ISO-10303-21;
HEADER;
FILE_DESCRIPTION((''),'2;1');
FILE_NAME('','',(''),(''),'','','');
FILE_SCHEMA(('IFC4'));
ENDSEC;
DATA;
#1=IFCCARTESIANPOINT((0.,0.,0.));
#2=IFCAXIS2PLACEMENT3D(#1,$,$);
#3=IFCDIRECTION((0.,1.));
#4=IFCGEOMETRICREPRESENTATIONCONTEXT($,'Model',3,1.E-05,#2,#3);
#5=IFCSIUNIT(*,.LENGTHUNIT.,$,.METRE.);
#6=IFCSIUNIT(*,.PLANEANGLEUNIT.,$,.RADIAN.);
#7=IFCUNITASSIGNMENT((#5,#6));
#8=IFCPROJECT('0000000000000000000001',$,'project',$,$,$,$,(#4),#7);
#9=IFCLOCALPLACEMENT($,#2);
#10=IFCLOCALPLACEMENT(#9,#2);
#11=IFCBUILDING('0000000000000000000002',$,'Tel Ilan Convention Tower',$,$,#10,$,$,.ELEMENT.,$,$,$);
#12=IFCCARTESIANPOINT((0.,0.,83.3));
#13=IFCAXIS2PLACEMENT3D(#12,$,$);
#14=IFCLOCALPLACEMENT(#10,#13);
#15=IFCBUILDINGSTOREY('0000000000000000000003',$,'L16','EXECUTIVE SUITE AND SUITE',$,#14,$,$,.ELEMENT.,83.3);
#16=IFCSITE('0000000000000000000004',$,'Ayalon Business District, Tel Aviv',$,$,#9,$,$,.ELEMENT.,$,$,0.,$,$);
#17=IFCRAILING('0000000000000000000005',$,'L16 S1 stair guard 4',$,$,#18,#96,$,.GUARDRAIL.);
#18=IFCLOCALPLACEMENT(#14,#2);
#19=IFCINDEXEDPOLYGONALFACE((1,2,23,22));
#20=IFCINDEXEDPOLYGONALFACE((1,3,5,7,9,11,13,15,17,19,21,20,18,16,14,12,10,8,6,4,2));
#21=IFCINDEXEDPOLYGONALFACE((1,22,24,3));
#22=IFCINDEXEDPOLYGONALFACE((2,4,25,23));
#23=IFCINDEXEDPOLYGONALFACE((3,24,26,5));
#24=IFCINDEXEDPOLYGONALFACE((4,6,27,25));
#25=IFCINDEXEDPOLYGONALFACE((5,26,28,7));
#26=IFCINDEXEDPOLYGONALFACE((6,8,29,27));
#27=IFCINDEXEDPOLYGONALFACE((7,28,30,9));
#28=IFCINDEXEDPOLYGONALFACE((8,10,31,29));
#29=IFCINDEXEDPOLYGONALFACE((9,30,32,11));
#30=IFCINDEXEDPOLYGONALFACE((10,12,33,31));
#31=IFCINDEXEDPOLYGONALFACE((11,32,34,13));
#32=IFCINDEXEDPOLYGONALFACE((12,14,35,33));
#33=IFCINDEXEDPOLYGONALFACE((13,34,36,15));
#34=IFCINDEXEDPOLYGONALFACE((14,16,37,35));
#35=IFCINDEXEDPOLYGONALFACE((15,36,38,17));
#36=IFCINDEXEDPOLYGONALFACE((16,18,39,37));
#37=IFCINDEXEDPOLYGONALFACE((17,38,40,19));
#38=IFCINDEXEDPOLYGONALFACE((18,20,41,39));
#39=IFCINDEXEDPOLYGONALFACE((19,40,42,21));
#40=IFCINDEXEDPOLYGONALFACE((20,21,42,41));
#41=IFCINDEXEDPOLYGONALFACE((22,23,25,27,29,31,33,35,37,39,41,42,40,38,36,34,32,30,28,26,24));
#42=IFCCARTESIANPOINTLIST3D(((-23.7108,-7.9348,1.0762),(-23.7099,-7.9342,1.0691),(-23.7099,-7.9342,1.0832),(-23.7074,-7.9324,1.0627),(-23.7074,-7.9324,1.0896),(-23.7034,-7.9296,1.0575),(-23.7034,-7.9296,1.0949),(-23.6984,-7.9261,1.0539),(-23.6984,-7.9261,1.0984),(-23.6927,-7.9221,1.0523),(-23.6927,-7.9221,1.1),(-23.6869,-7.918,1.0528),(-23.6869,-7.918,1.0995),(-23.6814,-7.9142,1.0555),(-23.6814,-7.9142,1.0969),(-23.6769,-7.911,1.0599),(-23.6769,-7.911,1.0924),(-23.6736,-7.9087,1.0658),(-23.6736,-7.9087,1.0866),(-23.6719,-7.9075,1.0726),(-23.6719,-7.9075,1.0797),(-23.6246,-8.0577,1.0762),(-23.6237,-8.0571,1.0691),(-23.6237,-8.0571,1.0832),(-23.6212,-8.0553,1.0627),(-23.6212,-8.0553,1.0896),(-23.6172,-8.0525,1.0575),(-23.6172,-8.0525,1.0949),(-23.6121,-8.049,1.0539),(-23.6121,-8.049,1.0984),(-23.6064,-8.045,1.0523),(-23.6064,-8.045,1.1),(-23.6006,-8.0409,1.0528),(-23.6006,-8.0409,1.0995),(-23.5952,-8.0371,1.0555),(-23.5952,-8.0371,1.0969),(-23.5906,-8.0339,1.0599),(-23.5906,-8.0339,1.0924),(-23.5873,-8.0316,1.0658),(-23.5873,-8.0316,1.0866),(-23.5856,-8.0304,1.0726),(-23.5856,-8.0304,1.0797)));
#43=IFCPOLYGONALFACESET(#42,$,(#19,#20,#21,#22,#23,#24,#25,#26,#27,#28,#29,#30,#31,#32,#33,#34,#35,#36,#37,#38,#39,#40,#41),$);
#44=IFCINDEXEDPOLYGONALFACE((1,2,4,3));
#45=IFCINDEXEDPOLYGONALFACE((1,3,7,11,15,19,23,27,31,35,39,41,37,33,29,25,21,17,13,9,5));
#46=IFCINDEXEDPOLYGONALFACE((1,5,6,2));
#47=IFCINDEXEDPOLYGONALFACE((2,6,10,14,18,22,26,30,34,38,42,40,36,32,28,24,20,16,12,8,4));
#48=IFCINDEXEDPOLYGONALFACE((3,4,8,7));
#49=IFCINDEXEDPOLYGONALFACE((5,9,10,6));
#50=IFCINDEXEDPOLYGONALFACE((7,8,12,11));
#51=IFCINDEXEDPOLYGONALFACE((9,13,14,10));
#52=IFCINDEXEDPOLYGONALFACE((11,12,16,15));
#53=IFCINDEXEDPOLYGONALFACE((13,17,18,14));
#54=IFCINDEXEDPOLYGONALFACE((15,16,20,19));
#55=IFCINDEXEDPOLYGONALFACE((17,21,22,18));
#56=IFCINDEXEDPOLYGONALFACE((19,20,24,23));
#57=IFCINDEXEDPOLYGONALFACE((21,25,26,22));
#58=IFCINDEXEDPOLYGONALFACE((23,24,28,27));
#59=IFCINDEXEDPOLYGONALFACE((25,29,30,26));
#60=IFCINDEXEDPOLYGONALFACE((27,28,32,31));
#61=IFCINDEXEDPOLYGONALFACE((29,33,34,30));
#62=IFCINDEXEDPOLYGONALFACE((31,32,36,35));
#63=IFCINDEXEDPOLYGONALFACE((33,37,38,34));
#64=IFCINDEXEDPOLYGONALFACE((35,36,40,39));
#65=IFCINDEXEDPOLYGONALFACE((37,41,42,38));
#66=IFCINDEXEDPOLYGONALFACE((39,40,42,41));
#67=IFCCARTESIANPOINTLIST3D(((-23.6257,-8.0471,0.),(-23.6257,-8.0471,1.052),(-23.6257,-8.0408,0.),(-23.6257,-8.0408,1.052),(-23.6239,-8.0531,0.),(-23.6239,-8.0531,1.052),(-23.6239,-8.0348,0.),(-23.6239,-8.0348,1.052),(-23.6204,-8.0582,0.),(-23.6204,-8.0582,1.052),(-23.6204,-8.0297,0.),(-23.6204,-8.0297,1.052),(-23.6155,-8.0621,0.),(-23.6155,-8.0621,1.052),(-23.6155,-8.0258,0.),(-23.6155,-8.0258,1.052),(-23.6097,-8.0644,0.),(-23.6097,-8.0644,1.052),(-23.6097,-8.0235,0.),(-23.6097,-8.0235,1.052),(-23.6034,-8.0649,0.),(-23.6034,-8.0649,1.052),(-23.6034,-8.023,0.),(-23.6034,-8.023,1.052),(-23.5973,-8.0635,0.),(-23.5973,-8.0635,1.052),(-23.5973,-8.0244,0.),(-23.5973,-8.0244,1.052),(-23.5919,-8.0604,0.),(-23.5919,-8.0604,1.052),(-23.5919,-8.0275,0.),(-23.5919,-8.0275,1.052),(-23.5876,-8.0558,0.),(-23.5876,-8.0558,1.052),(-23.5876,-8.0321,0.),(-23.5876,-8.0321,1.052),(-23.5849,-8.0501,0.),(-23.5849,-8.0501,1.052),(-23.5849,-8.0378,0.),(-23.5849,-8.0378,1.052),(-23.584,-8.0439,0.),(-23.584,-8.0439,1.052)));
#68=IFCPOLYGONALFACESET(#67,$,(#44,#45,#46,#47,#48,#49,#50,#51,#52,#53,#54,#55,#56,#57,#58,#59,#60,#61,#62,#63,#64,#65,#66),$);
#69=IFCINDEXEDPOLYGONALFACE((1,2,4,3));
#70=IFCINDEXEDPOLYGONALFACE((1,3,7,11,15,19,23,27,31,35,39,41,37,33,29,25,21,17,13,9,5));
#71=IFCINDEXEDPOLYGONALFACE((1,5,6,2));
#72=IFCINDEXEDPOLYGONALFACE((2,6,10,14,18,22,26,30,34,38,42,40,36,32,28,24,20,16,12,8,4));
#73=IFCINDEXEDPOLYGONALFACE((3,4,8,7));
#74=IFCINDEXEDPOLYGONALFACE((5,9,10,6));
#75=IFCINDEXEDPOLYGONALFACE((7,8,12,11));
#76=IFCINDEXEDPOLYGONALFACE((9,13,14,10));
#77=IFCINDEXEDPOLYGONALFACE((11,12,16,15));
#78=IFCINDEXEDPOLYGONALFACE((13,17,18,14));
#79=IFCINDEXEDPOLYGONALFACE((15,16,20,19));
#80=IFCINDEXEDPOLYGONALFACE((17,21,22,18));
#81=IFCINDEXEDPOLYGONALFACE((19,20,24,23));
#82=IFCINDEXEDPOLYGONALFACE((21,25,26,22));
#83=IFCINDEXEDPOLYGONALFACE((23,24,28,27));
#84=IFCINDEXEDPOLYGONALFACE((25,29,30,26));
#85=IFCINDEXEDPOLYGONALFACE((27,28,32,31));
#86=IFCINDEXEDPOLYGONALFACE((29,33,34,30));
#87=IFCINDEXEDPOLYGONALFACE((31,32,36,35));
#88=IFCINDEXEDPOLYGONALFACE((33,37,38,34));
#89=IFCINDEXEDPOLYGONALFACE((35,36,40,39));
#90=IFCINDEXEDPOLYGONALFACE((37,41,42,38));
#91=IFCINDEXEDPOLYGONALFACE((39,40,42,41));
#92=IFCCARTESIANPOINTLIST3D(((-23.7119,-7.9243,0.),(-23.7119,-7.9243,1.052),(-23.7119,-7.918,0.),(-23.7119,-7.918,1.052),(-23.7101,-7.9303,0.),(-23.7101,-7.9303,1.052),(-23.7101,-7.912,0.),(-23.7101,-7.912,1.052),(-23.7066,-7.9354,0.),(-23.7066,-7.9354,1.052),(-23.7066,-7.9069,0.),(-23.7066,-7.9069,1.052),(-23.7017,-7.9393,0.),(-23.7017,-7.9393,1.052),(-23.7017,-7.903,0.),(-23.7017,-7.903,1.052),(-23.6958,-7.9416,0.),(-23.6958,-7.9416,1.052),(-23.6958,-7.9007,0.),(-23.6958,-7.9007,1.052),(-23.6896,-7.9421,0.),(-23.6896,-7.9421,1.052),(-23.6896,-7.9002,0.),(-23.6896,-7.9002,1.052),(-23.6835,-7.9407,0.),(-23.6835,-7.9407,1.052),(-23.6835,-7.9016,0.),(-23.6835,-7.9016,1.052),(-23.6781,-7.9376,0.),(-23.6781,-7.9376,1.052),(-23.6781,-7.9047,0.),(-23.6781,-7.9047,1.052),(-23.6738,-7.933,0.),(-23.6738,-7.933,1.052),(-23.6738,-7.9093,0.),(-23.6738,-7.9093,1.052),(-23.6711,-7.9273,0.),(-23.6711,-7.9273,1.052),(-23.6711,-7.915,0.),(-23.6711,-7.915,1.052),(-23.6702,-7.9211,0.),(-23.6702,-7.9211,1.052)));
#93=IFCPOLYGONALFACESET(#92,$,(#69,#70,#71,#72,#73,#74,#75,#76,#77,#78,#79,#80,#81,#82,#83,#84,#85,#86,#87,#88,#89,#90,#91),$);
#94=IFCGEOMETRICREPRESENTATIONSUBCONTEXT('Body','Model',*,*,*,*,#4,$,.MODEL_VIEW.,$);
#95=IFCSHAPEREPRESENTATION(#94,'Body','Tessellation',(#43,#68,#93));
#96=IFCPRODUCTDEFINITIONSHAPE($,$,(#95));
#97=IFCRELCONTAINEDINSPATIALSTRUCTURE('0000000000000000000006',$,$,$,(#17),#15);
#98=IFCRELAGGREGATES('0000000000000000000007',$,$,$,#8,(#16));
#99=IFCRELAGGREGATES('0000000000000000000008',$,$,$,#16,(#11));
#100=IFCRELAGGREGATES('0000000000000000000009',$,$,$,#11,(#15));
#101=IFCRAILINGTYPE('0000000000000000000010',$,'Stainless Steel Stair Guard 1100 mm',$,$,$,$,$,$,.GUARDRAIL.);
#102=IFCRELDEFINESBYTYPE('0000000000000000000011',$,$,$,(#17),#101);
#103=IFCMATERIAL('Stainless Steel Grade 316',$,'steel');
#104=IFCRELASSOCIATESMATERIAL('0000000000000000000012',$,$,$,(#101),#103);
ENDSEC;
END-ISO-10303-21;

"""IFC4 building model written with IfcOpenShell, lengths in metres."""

from ifc_helpers import new_model, si_unit, direction, frame, origin, origin_2d, place, context, subcontext, project, spatial, circle, extrude, material, type_object, element, save


model = new_model("IFC4")

# Units and contexts
model_context = context("Model", 3, precision=1e-05, world=origin(), true_north=direction((0.0, 1.0)))
body_context = subcontext(model_context, "Body", "Model", "MODEL_VIEW")
ifc_project = project(units=[si_unit("LENGTHUNIT", "METRE"), si_unit("PLANEANGLEUNIT", "RADIAN")], contexts=[model_context])

# Site, building, storey
site_placement = place(None, origin())
site = spatial("IfcSite", under=ifc_project, at=site_placement, Name="Ayalon Business District, Tel Aviv", CompositionType="ELEMENT", RefElevation=0.0)
building_placement = place(site_placement, origin())
building = spatial("IfcBuilding", under=site, at=building_placement, Name="Tel Ilan Convention Tower", CompositionType="ELEMENT")
storey_placement = place(building_placement, frame((0.0, 0.0, 83.3)))
storey = spatial("IfcBuildingStorey", under=building, at=storey_placement, Name="L16", Description="EXECUTIVE SUITE AND SUITE", CompositionType="ELEMENT", Elevation=83.3)

# Railing
ifc_material_1 = material(Name="Stainless Steel Grade 316", Category="steel")
railing_type_1 = type_object("IfcRailingType", Name="Stainless Steel Stair Guard 1100 mm", PredefinedType="GUARDRAIL", material=ifc_material_1)
railing_1_placement = place(storey_placement, frame((-23.605, -8.0439, 0.0)))
element("IfcRailing", 1, at=railing_1_placement, inside=storey, type_object=railing_type_1, Name="L16 S1 stair guard 4", PredefinedType="GUARDRAIL", context=body_context, shape_type="SweptSolid", body=[
    extrude(circle(Radius=0.0239, at=origin_2d()), frame((0.0, 0.0, 1.0762), z_axis=(-0.574445, 0.818543, 0.0), x_axis=(-0.818543, -0.574445, 0.0)), (0.0, 0.0, 1.0), 0.1501),
    extrude(circle(Radius=0.021, at=origin_2d()), origin(), (0.0, 0.0, 1.0), 1.052),
    extrude(circle(Radius=0.021, at=origin_2d()), frame((-0.0862, 0.1228, 0.0)), (0.0, 0.0, 1.0), 1.052),
])

save(model, "model.ifc")
